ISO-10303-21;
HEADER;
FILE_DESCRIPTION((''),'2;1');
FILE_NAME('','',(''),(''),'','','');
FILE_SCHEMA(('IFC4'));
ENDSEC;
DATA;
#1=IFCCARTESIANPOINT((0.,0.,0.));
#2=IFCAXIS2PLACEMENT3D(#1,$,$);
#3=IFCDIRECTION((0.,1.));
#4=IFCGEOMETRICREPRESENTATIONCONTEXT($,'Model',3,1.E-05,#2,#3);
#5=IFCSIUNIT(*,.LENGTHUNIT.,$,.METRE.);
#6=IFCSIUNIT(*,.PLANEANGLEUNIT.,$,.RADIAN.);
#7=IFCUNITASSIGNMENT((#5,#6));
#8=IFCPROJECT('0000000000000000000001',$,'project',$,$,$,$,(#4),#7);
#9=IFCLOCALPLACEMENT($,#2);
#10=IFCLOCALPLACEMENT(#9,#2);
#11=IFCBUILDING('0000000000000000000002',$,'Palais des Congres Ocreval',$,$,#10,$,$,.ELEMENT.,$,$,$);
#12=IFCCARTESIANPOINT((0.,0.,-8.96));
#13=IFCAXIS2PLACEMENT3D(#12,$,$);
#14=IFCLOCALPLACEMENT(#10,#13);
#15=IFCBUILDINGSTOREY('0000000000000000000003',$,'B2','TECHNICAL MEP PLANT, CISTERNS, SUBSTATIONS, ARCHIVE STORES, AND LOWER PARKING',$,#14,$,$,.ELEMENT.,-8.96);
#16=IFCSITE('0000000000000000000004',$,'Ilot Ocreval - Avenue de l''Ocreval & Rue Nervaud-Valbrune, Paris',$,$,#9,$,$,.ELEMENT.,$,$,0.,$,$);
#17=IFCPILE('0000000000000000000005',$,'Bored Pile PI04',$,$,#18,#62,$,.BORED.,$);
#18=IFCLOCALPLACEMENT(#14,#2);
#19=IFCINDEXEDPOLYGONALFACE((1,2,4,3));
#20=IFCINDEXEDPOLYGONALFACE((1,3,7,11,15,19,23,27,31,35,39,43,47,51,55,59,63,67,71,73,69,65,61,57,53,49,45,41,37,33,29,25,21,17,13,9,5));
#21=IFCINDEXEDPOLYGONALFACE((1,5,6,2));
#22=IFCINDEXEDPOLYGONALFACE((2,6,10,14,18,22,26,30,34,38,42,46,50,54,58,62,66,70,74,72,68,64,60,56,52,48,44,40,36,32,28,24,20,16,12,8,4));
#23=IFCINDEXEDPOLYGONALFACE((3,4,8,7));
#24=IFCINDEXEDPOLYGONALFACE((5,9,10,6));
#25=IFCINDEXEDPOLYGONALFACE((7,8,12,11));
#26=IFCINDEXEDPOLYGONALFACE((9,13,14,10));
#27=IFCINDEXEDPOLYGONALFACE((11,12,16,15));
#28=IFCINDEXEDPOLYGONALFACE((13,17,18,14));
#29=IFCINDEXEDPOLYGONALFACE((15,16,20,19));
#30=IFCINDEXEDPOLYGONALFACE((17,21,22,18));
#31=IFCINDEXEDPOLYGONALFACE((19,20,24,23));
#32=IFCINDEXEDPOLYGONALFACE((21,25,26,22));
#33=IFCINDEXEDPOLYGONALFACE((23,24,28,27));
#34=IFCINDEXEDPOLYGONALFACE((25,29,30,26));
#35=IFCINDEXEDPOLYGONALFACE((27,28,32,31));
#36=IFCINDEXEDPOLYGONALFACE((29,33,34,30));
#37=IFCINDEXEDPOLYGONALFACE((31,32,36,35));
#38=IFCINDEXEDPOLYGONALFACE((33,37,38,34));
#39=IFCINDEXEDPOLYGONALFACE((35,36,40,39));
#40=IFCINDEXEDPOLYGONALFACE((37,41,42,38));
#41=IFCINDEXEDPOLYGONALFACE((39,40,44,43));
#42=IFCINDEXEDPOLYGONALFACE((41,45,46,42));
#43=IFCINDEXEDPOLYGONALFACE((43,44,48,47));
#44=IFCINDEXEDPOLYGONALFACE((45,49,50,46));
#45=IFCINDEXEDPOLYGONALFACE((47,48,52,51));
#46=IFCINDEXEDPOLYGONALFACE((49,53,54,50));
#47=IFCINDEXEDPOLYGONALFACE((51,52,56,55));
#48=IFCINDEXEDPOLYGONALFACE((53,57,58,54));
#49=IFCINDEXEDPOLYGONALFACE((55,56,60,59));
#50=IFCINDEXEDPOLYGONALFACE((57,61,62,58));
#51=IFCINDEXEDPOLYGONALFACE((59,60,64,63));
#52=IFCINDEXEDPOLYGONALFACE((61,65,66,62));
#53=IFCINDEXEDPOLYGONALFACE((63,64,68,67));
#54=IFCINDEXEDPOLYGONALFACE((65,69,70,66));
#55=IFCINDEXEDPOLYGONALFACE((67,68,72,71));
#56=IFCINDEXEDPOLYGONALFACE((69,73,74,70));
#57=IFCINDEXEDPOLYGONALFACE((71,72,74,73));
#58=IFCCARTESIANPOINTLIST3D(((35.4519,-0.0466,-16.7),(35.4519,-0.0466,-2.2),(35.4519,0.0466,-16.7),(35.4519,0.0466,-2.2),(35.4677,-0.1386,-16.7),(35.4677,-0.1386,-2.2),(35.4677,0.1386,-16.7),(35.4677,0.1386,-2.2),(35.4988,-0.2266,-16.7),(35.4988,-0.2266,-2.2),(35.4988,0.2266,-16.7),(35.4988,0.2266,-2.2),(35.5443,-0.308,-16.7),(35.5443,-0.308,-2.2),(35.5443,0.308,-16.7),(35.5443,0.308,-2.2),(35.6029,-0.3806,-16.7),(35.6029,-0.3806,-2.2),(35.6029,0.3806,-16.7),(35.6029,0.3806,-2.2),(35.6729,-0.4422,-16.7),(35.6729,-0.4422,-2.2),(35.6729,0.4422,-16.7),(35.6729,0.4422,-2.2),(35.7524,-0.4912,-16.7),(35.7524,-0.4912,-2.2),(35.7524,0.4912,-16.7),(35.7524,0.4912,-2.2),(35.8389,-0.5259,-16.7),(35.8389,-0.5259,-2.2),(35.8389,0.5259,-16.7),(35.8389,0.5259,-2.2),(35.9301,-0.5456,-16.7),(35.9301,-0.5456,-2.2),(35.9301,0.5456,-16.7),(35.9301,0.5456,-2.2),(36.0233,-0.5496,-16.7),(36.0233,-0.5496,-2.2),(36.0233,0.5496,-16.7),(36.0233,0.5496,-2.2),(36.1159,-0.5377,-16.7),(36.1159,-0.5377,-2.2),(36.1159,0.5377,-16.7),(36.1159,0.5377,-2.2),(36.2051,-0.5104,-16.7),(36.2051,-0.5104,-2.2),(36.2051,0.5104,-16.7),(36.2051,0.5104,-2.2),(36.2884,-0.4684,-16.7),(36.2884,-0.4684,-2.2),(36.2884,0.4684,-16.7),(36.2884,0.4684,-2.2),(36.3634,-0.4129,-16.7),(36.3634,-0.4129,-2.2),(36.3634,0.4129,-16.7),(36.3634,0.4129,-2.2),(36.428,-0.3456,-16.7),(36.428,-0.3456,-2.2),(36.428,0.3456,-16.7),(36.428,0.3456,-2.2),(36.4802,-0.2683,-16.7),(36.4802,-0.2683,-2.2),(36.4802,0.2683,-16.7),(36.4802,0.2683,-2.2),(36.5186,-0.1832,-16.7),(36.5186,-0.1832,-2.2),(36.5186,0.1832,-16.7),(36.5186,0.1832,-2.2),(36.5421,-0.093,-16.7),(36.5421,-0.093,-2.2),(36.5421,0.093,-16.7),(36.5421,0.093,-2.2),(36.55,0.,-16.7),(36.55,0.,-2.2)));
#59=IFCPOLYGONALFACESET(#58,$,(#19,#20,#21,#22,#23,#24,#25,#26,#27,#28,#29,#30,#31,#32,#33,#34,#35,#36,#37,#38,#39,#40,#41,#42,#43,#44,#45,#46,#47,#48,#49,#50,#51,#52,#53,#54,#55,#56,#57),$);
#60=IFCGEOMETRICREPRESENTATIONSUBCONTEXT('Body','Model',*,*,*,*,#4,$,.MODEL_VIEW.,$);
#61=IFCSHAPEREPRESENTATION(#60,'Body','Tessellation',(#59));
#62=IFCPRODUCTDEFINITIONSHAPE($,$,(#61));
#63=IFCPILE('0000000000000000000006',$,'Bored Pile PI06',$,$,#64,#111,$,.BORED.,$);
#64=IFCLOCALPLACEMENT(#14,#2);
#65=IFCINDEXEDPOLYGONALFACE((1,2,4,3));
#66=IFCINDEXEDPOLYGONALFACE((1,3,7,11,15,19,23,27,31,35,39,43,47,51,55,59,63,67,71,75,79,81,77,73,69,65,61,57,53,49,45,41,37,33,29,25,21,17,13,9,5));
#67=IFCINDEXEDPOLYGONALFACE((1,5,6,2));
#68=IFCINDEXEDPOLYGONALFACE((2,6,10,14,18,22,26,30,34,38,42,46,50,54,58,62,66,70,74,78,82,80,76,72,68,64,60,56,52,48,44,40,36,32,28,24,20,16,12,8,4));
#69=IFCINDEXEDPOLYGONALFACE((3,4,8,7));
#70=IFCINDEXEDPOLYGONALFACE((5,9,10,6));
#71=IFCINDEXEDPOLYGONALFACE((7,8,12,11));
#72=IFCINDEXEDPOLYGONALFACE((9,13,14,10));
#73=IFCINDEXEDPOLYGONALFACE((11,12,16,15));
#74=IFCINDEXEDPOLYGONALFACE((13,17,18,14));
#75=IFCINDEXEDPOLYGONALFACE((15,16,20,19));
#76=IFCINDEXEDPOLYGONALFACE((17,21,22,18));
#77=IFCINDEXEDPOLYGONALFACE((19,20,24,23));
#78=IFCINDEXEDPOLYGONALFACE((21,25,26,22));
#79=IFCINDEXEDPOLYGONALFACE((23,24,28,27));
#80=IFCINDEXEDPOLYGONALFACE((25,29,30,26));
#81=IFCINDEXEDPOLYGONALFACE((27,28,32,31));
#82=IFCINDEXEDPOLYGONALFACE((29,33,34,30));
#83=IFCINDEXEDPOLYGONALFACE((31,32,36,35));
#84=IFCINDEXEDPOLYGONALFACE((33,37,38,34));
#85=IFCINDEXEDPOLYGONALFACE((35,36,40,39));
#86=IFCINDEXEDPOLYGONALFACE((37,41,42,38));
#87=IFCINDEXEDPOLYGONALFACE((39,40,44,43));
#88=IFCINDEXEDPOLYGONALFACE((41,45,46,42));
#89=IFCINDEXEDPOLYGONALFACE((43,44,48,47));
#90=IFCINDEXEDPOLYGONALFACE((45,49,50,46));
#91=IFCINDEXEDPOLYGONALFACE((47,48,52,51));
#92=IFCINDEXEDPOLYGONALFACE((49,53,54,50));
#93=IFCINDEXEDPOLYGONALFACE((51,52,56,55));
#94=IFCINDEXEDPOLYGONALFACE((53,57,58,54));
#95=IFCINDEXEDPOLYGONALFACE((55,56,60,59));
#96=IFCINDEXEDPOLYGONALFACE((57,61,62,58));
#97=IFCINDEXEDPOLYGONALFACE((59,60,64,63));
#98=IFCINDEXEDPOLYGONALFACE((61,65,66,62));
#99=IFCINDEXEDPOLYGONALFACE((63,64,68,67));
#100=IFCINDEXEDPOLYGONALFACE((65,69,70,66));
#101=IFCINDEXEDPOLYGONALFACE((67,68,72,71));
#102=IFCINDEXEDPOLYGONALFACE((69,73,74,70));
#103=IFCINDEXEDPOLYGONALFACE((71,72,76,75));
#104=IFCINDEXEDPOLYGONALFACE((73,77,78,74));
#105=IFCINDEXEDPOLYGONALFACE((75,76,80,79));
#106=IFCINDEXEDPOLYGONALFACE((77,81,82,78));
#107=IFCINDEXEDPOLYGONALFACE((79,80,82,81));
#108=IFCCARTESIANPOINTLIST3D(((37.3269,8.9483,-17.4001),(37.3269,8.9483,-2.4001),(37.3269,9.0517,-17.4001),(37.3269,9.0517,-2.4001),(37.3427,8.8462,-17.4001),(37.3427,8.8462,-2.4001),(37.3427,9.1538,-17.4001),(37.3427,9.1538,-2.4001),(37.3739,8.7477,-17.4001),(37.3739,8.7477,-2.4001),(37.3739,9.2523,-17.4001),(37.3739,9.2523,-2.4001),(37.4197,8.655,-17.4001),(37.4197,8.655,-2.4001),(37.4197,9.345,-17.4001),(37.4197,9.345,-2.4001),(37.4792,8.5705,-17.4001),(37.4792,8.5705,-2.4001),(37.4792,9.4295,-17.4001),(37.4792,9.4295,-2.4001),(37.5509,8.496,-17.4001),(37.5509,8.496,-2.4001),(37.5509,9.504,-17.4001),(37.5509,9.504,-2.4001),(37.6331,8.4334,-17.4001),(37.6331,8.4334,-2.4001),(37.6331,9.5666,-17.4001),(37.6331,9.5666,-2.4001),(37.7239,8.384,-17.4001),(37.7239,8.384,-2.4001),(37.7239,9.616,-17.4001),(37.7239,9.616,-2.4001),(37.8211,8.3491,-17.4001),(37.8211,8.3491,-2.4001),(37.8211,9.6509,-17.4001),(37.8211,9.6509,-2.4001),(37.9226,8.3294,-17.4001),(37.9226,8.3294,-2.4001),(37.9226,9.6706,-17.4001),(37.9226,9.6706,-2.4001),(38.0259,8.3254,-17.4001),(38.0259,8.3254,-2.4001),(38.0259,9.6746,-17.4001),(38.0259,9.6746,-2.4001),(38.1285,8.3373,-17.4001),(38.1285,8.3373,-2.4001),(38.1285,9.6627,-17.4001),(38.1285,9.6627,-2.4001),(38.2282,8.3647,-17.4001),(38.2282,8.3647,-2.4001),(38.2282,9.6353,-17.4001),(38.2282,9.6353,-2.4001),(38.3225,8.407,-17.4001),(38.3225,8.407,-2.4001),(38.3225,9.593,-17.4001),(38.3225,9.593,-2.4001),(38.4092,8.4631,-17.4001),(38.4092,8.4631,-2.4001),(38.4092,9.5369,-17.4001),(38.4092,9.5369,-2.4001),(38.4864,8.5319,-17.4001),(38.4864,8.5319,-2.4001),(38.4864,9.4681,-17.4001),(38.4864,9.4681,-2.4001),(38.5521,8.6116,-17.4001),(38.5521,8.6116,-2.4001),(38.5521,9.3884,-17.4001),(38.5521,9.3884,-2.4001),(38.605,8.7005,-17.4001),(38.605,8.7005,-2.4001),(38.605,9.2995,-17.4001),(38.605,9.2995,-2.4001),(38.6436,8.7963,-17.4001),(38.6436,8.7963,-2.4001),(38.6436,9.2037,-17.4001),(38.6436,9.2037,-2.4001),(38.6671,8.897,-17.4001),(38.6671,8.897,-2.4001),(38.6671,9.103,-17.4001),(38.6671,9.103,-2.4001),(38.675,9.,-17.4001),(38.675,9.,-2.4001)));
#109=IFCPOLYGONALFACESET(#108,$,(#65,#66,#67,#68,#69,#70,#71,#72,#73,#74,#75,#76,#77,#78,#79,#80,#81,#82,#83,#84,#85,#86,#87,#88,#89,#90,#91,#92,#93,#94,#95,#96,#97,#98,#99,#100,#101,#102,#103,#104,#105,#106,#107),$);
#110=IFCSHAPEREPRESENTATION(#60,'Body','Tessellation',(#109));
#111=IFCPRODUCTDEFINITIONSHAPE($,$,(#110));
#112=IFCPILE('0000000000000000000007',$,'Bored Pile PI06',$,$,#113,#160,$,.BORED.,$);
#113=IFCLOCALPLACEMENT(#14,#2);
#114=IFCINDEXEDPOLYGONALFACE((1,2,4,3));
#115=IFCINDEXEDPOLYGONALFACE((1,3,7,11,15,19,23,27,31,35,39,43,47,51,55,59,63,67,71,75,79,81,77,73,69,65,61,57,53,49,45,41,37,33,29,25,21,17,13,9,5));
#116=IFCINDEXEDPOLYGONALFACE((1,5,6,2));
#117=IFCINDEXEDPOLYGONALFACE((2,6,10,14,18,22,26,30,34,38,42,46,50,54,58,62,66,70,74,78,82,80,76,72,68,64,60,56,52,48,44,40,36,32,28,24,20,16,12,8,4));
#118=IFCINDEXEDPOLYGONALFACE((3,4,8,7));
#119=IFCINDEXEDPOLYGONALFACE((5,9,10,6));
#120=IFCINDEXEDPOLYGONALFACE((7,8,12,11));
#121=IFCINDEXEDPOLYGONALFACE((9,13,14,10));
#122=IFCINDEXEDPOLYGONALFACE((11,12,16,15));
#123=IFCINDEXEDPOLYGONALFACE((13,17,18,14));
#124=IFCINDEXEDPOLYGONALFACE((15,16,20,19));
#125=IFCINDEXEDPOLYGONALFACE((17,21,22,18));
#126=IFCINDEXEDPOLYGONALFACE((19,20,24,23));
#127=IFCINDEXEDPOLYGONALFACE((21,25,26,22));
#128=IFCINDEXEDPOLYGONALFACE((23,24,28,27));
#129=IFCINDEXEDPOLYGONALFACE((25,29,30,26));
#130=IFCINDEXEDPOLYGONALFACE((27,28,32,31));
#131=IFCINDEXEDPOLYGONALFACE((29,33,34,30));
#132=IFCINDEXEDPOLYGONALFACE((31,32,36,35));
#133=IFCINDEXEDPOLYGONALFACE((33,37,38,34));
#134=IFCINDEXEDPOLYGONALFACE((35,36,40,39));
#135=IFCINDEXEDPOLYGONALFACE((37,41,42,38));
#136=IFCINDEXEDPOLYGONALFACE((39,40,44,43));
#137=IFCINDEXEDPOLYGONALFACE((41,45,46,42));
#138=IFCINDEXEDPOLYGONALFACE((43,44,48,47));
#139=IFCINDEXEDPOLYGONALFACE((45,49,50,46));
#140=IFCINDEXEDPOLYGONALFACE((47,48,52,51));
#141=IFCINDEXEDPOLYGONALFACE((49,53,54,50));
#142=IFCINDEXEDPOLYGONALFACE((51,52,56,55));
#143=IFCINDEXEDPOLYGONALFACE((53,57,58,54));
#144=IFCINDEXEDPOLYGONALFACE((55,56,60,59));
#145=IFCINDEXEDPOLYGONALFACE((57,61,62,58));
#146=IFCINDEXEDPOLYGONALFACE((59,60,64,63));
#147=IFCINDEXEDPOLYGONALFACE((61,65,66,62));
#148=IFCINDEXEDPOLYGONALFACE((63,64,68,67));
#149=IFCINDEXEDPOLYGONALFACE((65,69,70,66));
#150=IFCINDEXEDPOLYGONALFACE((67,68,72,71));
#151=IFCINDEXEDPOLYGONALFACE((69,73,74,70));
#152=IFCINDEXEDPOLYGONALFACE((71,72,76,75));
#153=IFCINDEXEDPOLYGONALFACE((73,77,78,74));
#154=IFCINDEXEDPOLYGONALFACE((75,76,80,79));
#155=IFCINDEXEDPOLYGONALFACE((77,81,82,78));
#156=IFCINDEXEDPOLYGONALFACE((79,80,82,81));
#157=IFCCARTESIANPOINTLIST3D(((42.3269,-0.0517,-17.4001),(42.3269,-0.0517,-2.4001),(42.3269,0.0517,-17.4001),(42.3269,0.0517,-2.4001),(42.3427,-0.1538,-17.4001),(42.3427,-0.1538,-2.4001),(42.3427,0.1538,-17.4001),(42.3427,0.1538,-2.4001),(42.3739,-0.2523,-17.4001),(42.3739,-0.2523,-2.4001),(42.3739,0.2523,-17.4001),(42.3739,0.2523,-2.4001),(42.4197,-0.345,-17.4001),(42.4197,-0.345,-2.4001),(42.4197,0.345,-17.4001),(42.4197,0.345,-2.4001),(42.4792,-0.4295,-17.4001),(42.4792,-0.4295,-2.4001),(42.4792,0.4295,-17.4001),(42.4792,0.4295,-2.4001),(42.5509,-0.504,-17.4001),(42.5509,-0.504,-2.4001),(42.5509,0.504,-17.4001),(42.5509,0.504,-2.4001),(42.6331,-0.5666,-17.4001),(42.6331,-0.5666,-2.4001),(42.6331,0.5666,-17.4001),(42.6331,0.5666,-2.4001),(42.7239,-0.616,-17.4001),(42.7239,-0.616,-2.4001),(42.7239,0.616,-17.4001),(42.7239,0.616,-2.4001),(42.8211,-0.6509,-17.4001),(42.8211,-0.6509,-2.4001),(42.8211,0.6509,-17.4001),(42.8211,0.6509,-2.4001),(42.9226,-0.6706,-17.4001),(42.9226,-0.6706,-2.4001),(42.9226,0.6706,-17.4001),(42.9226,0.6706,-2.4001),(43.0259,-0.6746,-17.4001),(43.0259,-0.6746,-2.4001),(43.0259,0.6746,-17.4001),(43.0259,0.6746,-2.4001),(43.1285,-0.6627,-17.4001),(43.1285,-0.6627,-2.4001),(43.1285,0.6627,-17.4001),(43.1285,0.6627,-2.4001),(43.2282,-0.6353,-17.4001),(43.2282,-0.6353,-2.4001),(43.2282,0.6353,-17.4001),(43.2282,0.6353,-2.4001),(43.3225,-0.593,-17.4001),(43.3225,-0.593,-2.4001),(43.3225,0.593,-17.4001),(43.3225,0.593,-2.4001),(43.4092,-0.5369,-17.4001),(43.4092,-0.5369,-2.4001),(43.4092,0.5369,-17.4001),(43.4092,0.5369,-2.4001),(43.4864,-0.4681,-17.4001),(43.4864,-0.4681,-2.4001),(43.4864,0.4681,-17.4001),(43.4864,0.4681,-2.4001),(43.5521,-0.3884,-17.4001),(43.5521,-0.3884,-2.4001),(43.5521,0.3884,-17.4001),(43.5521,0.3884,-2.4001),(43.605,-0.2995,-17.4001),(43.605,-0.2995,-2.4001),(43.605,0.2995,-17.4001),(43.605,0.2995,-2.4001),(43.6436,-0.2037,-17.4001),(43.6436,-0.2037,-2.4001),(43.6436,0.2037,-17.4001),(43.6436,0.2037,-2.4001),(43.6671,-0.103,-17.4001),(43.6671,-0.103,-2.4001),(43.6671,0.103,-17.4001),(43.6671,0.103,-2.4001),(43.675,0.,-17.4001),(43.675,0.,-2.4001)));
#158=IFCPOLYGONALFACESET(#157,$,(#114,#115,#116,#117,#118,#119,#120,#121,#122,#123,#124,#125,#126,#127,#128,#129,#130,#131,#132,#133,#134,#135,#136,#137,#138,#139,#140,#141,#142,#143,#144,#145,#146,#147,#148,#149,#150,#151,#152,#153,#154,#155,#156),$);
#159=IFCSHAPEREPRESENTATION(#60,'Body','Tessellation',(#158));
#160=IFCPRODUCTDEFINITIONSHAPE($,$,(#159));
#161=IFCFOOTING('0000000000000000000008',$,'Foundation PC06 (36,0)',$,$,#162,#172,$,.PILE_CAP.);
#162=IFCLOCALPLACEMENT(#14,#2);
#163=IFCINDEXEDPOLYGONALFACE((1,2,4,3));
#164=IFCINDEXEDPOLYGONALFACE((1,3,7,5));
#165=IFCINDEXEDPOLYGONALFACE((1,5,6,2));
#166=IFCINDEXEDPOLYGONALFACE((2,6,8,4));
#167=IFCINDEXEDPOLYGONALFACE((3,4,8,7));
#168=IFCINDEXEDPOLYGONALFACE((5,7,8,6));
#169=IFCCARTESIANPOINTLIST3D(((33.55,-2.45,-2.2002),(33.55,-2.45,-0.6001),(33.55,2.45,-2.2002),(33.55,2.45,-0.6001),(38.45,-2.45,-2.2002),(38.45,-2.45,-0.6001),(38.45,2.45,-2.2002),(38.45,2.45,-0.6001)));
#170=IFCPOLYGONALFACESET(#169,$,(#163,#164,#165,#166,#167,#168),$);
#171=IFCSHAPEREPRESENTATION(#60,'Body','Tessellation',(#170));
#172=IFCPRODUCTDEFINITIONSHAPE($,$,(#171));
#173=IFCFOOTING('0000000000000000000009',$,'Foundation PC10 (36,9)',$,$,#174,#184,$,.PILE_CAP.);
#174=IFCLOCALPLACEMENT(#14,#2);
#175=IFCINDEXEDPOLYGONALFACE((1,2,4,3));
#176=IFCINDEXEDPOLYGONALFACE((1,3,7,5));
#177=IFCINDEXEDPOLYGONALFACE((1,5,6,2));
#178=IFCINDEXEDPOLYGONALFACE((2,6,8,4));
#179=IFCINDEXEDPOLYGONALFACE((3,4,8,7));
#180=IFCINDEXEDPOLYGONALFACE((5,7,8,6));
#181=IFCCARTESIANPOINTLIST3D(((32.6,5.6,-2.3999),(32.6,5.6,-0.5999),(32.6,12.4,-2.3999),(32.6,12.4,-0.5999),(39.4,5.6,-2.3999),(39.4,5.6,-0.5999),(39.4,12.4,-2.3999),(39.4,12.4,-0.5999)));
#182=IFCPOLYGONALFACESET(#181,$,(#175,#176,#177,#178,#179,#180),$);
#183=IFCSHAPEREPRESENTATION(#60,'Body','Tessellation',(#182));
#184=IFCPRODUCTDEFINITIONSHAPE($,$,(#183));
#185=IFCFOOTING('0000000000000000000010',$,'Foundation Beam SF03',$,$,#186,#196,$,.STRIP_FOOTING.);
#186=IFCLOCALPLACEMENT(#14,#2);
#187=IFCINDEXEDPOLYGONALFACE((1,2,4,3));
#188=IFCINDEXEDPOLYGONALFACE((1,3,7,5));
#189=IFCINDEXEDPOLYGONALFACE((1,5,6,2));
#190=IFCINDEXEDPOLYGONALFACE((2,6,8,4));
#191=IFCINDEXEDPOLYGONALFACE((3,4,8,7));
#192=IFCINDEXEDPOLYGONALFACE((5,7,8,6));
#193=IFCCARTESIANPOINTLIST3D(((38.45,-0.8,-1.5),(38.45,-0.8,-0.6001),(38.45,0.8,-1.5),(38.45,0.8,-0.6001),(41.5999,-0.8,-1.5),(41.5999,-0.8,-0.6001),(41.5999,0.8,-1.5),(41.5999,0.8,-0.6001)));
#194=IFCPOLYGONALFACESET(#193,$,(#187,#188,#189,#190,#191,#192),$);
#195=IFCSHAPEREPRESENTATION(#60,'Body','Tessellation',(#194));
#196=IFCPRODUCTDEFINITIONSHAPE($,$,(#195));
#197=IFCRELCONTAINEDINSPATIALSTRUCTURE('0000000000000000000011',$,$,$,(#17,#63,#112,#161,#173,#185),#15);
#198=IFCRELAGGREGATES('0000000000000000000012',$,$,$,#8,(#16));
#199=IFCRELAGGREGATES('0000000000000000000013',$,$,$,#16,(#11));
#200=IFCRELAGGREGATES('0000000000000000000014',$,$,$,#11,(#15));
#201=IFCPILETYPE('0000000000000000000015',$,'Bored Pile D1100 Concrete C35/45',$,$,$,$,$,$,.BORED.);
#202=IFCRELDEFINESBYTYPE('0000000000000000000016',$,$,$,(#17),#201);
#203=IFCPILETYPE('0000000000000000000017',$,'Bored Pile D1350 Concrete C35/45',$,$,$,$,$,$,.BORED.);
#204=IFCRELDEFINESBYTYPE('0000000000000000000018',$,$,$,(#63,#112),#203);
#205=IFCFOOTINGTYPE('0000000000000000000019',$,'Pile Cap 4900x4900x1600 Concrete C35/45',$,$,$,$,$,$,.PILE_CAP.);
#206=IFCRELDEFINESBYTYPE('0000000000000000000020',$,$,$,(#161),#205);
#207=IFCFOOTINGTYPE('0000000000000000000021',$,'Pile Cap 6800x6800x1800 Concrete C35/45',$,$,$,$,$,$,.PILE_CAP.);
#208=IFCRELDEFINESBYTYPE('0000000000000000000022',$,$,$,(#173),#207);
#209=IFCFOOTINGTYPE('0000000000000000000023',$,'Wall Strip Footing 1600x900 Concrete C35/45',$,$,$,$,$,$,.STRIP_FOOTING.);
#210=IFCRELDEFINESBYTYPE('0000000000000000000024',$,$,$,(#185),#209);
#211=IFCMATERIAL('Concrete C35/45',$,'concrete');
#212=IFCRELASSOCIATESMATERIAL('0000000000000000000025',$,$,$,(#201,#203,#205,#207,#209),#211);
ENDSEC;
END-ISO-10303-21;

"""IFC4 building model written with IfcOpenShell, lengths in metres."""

from ifc_helpers import new_model, si_unit, direction, frame, origin, origin_2d, place, context, subcontext, project, spatial, rectangle, circle, extrude, material, material_profile, profile_set, type_object, element, save


model = new_model("IFC4")

# Units and contexts
model_context = context("Model", 3, precision=1e-05, world=origin(), true_north=direction((0.0, 1.0)))
body_context = subcontext(model_context, "Body", "Model", "MODEL_VIEW")
ifc_project = project(units=[si_unit("LENGTHUNIT", "METRE"), si_unit("PLANEANGLEUNIT", "RADIAN")], contexts=[model_context])

# Site, building, storey
site_placement = place(None, origin())
site = spatial("IfcSite", under=ifc_project, at=site_placement, Name="Ilot Ocreval - Avenue de l'Ocreval & Rue Nervaud-Valbrune, Paris", CompositionType="ELEMENT", RefElevation=0.0)
building_placement = place(site_placement, origin())
building = spatial("IfcBuilding", under=site, at=building_placement, Name="Palais des Congres Ocreval", CompositionType="ELEMENT")
storey_placement = place(building_placement, frame((0.0, 0.0, -8.96)))
storey = spatial("IfcBuildingStorey", under=building, at=storey_placement, Name="B2", Description="TECHNICAL MEP PLANT, CISTERNS, SUBSTATIONS, ARCHIVE STORES, AND LOWER PARKING", CompositionType="ELEMENT", Elevation=-8.96)

# Piles
ifc_material_1 = material(Name="Concrete C35/45", Category="concrete")
ifc_material_profile_1 = material_profile(ifc_material_1, circle(Radius=0.55, at=origin_2d()), Name="BORED PILE 1100")
ifc_profile_set_1 = profile_set([ifc_material_profile_1], Name="Concrete C35/45")
pile_type_1 = type_object("IfcPileType", Name="Bored Pile D1100 Concrete C35/45", PredefinedType="BORED", material=ifc_profile_set_1)
pile_placement = place(storey_placement, frame((36.0, 0.0, -2.2), z_axis=(0.0, 0.0, -1.0), x_axis=(1.0, 0.0, 0.0)))
element("IfcPile", 1, at=pile_placement, inside=storey, type_object=pile_type_1, Name="Bored Pile PI04", PredefinedType="BORED", context=body_context, shape_type="SweptSolid", body=[
    extrude(circle(Radius=0.55, at=origin_2d()), origin(), (0.0, 0.0, 1.0), 14.5),
])
ifc_material_profile_2 = material_profile(ifc_material_1, circle(Radius=0.675, at=origin_2d()), Name="BORED PILE 1350")
ifc_profile_set_2 = profile_set([ifc_material_profile_2], Name="Concrete C35/45")
pile_type_2 = type_object("IfcPileType", Name="Bored Pile D1350 Concrete C35/45", PredefinedType="BORED", material=ifc_profile_set_2)
for number, where, z_axis, x_axis, name in (
    (2, (38.0, 9.0, -2.4001), (0.0, 0.0, -1.0), (1.0, 0.0, 0.0), "Bored Pile PI06"),
    (3, (43.0, 0.0, -2.4001), (0.0, 0.0, -1.0), (1.0, 0.0, 0.0), "Bored Pile PI06"),
):
    element("IfcPile", number, at=place(storey_placement, frame(where, z_axis=z_axis, x_axis=x_axis)), inside=storey, type_object=pile_type_2, Name=name, PredefinedType="BORED", context=body_context, shape_type="SweptSolid", body=[
        extrude(circle(Radius=0.675, at=origin_2d()), origin(), (0.0, 0.0, 1.0), 15.0),
    ])

# Footings
footing_type_1 = type_object("IfcFootingType", Name="Pile Cap 4900x4900x1600 Concrete C35/45", PredefinedType="PILE_CAP", material=ifc_material_1)
footing_1_placement = place(storey_placement, frame((36.0, 0.0, -2.2002), z_axis=(0.0, 0.0, 1.0), x_axis=(1.0, 0.0, 0.0)))
element("IfcFooting", 4, at=footing_1_placement, inside=storey, type_object=footing_type_1, Name="Foundation PC06 (36,0)", PredefinedType="PILE_CAP", context=body_context, shape_type="SweptSolid", body=[
    extrude(rectangle(XDim=4.8999, YDim=4.8999, at=origin_2d()), origin(), (0.0, 0.0, 1.0), 1.6001),
])
footing_type_2 = type_object("IfcFootingType", Name="Pile Cap 6800x6800x1800 Concrete C35/45", PredefinedType="PILE_CAP", material=ifc_material_1)
footing_2_placement = place(storey_placement, frame((36.0, 9.0, -2.3999), z_axis=(0.0, 0.0, 1.0), x_axis=(1.0, 0.0, 0.0)))
element("IfcFooting", 5, at=footing_2_placement, inside=storey, type_object=footing_type_2, Name="Foundation PC10 (36,9)", PredefinedType="PILE_CAP", context=body_context, shape_type="SweptSolid", body=[
    extrude(rectangle(XDim=6.8, YDim=6.8, at=origin_2d()), origin(), (0.0, 0.0, 1.0), 1.8),
])
footing_type_3 = type_object("IfcFootingType", Name="Wall Strip Footing 1600x900 Concrete C35/45", PredefinedType="STRIP_FOOTING", material=ifc_material_1)
footing_3_placement = place(storey_placement, frame((40.0249, 0.0, -1.5), z_axis=(0.0, 0.0, 1.0), x_axis=(1.0, 0.0, 0.0)))
element("IfcFooting", 6, at=footing_3_placement, inside=storey, type_object=footing_type_3, Name="Foundation Beam SF03", PredefinedType="STRIP_FOOTING", context=body_context, shape_type="SweptSolid", body=[
    extrude(rectangle(XDim=3.1499, YDim=1.6001, at=origin_2d()), origin(), (0.0, 0.0, 1.0), 0.8999),
])

save(model, "model.ifc")
